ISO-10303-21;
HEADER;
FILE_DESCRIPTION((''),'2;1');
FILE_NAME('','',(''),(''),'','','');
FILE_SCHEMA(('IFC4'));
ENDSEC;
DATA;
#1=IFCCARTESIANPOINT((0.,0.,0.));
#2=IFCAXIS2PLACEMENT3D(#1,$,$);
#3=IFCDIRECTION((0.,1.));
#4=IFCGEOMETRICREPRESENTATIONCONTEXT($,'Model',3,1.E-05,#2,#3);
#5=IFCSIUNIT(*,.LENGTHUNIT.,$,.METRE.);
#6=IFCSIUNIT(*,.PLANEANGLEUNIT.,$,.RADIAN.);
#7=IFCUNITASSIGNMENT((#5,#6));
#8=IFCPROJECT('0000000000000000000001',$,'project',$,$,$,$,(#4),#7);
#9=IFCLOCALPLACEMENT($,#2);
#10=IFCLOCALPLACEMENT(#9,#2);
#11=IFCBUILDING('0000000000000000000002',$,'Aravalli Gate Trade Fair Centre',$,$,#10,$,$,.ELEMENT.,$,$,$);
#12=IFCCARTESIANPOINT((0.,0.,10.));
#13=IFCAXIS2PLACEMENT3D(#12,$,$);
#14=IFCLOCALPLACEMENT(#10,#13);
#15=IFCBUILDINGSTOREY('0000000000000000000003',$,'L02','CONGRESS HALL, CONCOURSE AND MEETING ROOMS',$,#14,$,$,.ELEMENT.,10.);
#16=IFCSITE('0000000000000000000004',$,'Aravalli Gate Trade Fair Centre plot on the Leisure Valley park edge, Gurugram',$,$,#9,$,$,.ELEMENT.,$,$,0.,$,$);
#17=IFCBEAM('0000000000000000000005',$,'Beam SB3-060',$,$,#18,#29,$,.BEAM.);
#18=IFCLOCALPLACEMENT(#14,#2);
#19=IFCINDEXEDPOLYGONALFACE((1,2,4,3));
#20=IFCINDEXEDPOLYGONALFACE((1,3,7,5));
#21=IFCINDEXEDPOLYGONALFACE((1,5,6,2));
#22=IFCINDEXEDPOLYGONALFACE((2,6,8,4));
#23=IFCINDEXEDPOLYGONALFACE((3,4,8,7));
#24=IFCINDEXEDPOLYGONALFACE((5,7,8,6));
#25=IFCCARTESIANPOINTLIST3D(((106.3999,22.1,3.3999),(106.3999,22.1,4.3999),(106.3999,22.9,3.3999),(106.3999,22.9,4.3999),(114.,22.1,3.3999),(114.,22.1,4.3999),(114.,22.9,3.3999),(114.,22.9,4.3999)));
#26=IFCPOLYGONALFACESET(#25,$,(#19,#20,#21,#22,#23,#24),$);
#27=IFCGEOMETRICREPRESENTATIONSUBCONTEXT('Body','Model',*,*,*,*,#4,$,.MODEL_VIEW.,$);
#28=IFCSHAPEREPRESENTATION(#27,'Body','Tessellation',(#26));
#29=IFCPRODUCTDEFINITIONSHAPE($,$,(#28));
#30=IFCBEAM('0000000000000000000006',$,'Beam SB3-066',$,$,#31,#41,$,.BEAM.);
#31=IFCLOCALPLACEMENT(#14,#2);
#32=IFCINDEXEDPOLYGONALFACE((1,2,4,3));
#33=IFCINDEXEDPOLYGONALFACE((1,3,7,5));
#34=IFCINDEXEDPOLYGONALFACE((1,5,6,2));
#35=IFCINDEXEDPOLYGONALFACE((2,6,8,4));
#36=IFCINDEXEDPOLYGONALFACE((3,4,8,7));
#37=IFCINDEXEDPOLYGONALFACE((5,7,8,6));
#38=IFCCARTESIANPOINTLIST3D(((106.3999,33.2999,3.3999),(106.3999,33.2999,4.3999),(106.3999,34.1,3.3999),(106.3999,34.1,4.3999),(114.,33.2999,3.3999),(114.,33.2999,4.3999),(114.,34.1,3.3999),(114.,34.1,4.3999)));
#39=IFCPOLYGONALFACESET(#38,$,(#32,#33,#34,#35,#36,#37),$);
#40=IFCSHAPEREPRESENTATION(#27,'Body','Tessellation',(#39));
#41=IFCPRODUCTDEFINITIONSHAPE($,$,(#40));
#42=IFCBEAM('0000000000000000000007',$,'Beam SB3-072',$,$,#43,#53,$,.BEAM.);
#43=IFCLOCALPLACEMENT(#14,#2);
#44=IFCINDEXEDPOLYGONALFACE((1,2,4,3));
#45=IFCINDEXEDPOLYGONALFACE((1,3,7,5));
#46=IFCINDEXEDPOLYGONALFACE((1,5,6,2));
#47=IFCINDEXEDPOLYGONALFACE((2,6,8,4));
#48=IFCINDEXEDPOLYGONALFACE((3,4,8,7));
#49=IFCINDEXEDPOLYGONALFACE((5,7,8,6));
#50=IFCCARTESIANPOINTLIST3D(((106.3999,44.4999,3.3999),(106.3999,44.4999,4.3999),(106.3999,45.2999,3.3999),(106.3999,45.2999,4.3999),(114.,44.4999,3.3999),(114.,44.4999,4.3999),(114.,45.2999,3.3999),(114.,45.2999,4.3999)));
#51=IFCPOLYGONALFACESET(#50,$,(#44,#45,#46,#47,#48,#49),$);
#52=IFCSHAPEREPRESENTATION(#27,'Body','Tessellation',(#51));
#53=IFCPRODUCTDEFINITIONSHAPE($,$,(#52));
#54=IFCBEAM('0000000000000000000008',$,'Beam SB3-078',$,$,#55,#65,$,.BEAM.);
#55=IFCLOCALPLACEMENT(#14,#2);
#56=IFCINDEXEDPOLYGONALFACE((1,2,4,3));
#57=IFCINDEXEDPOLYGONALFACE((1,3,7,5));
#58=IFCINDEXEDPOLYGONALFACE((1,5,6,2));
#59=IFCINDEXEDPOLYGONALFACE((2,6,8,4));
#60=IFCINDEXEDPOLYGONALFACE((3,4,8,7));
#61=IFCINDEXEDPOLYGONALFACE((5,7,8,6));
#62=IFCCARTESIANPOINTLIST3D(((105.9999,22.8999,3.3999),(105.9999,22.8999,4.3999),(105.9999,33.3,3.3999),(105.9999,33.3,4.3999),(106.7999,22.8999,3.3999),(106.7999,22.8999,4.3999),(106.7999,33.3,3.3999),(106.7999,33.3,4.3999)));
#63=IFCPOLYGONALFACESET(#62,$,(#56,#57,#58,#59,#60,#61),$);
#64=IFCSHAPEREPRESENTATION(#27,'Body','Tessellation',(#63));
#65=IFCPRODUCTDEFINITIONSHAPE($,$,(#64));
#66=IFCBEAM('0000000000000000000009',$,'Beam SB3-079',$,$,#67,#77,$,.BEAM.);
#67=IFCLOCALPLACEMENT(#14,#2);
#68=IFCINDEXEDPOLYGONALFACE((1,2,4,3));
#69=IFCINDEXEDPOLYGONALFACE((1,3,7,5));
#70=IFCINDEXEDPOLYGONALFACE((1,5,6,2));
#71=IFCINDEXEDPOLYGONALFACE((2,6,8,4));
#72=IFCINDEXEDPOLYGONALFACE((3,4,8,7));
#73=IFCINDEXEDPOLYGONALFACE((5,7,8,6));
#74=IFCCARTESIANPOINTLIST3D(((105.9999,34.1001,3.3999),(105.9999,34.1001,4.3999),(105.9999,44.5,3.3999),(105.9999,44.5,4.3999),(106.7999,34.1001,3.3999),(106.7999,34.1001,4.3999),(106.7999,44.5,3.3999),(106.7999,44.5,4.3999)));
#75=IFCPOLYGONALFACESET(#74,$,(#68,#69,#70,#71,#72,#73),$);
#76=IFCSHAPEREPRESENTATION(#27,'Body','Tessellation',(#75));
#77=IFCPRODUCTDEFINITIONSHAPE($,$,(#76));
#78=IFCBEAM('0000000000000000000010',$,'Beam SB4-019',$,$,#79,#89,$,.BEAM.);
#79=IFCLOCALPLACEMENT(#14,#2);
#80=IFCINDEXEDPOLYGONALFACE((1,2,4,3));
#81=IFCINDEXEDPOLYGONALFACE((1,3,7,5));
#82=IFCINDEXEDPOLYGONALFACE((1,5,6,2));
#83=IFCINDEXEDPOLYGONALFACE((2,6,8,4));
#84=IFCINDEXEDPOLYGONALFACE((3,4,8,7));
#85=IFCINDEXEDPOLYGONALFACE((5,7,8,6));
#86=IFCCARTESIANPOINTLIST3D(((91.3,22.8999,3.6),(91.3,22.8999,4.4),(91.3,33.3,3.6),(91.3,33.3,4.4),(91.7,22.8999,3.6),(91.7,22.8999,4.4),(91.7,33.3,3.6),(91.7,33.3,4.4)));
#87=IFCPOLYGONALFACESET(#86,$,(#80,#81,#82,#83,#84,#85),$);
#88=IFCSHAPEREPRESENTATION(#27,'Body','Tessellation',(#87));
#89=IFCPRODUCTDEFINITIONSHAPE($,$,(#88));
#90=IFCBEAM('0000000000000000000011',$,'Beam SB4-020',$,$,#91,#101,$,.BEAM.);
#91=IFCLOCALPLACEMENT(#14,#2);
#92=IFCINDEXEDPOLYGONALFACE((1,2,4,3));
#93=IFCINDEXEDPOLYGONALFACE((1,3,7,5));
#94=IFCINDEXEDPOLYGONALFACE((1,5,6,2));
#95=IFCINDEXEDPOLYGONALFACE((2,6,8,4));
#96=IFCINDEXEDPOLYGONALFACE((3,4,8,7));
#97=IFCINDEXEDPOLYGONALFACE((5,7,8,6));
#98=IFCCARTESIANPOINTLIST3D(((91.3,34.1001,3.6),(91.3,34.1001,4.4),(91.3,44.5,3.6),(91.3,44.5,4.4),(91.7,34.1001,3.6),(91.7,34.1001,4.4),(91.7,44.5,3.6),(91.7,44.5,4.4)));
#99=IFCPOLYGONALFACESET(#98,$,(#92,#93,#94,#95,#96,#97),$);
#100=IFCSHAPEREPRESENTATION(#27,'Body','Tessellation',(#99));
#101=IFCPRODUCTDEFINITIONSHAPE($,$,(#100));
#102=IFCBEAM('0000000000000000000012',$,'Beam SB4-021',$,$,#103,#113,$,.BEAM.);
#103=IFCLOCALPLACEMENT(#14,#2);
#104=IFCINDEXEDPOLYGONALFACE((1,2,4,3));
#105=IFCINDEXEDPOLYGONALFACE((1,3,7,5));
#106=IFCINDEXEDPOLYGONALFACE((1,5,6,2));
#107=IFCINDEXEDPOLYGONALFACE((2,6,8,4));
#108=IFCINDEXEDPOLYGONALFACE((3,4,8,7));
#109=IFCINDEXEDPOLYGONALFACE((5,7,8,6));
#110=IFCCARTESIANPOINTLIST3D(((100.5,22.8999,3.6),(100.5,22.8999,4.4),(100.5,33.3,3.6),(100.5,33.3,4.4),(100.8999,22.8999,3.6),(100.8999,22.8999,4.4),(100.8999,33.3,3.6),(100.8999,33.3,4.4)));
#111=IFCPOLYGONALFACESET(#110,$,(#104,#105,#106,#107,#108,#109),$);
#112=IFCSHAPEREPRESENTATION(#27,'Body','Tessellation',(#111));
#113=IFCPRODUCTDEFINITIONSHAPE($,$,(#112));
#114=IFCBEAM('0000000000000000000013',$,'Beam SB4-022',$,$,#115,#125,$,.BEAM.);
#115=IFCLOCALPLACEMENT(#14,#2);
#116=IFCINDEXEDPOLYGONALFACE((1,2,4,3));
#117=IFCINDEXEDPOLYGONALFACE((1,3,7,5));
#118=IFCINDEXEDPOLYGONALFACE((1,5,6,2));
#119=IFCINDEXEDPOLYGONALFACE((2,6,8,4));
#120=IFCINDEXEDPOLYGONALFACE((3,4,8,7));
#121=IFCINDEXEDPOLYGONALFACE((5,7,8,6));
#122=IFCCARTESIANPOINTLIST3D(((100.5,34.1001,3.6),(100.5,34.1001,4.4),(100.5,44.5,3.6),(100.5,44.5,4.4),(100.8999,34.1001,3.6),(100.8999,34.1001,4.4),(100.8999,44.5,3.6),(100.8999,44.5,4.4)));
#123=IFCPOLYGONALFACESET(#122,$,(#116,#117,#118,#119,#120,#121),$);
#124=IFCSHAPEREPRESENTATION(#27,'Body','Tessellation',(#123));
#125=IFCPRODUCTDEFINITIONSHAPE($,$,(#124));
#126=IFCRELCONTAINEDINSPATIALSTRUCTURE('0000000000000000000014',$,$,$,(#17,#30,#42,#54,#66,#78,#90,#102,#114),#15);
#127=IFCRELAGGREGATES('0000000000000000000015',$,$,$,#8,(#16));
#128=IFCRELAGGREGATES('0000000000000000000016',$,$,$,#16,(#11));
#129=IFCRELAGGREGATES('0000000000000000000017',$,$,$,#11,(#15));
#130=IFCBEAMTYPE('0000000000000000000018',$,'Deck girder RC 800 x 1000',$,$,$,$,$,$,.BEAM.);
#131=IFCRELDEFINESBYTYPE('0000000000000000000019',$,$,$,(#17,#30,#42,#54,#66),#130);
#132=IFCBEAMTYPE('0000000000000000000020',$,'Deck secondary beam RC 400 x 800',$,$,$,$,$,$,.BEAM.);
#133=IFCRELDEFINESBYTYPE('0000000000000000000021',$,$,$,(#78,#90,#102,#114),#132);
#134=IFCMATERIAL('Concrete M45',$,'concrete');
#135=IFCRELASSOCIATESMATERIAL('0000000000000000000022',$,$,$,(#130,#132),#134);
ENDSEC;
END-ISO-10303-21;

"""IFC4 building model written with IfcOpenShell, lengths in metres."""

from ifc_helpers import new_model, si_unit, direction, frame, origin, origin_2d, place, context, subcontext, project, spatial, rectangle, extrude, material, material_profile, profile_set, type_object, element, save


model = new_model("IFC4")

# Units and contexts
model_context = context("Model", 3, precision=1e-05, world=origin(), true_north=direction((0.0, 1.0)))
body_context = subcontext(model_context, "Body", "Model", "MODEL_VIEW")
ifc_project = project(units=[si_unit("LENGTHUNIT", "METRE"), si_unit("PLANEANGLEUNIT", "RADIAN")], contexts=[model_context])

# Site, building, storey
site_placement = place(None, origin())
site = spatial("IfcSite", under=ifc_project, at=site_placement, Name="Aravalli Gate Trade Fair Centre plot on the Leisure Valley park edge, Gurugram", CompositionType="ELEMENT", RefElevation=0.0)
building_placement = place(site_placement, origin())
building = spatial("IfcBuilding", under=site, at=building_placement, Name="Aravalli Gate Trade Fair Centre", CompositionType="ELEMENT")
storey_placement = place(building_placement, frame((0.0, 0.0, 10.0)))
storey = spatial("IfcBuildingStorey", under=building, at=storey_placement, Name="L02", Description="CONGRESS HALL, CONCOURSE AND MEETING ROOMS", CompositionType="ELEMENT", Elevation=10.0)

# Shared definitions
ifc_material = material(Name="Concrete M45", Category="concrete")

# Beams
ifc_material_profile_1 = material_profile(ifc_material, rectangle(XDim=0.8, YDim=1.0, at=origin_2d()), Name="Deck girder RC 800 x 1000")
ifc_profile_set_1 = profile_set([ifc_material_profile_1], Name="Concrete M45")
beam_type_1 = type_object("IfcBeamType", Name="Deck girder RC 800 x 1000", PredefinedType="BEAM", material=ifc_profile_set_1)
for number, where, z_axis, x_axis, name in (
    (1, (106.3999, 22.5, 3.8999), (1.0, 0.0, 0.0), (0.0, 1.0, 0.0), "Beam SB3-060"),
    (2, (106.3999, 33.7, 3.8999), (1.0, 0.0, 0.0), (0.0, 1.0, 0.0), "Beam SB3-066"),
    (3, (106.3999, 44.8999, 3.8999), (1.0, 0.0, 0.0), (0.0, 1.0, 0.0), "Beam SB3-072"),
):
    element("IfcBeam", number, at=place(storey_placement, frame(where, z_axis=z_axis, x_axis=x_axis)), inside=storey, type_object=beam_type_1, Name=name, PredefinedType="BEAM", context=body_context, shape_type="SweptSolid", body=[
        extrude(rectangle(XDim=0.8, YDim=1.0, at=origin_2d()), origin(), (0.0, 0.0, 1.0), 7.6001),
    ])
beam_1_placement = place(storey_placement, frame((106.3999, 22.8999, 3.8999), z_axis=(0.0, 1.0, 0.0), x_axis=(-1.0, 0.0, 0.0)))
element("IfcBeam", 4, at=beam_1_placement, inside=storey, type_object=beam_type_1, Name="Beam SB3-078", PredefinedType="BEAM", context=body_context, shape_type="SweptSolid", body=[
    extrude(rectangle(XDim=0.8, YDim=1.0, at=origin_2d()), origin(), (0.0, 0.0, 1.0), 10.4001),
])
beam_2_placement = place(storey_placement, frame((106.3999, 34.1001, 3.8999), z_axis=(0.0, 1.0, 0.0), x_axis=(-1.0, 0.0, 0.0)))
element("IfcBeam", 5, at=beam_2_placement, inside=storey, type_object=beam_type_1, Name="Beam SB3-079", PredefinedType="BEAM", context=body_context, shape_type="SweptSolid", body=[
    extrude(rectangle(XDim=0.8, YDim=1.0, at=origin_2d()), origin(), (0.0, 0.0, 1.0), 10.3999),
])
ifc_material_profile_2 = material_profile(ifc_material, rectangle(XDim=0.3999, YDim=0.8, at=origin_2d()), Name="Deck secondary beam RC 400 x 800")
ifc_profile_set_2 = profile_set([ifc_material_profile_2], Name="Concrete M45")
beam_type_2 = type_object("IfcBeamType", Name="Deck secondary beam RC 400 x 800", PredefinedType="BEAM", material=ifc_profile_set_2)
beam_3_placement = place(storey_placement, frame((91.5, 22.8999, 4.0), z_axis=(0.0, 1.0, 0.0), x_axis=(-1.0, 0.0, 0.0)))
element("IfcBeam", 6, at=beam_3_placement, inside=storey, type_object=beam_type_2, Name="Beam SB4-019", PredefinedType="BEAM", context=body_context, shape_type="SweptSolid", body=[
    extrude(rectangle(XDim=0.3999, YDim=0.8, at=origin_2d()), origin(), (0.0, 0.0, 1.0), 10.4001),
])
beam_4_placement = place(storey_placement, frame((91.5, 34.1001, 4.0), z_axis=(0.0, 1.0, 0.0), x_axis=(-1.0, 0.0, 0.0)))
element("IfcBeam", 7, at=beam_4_placement, inside=storey, type_object=beam_type_2, Name="Beam SB4-020", PredefinedType="BEAM", context=body_context, shape_type="SweptSolid", body=[
    extrude(rectangle(XDim=0.3999, YDim=0.8, at=origin_2d()), origin(), (0.0, 0.0, 1.0), 10.3999),
])
beam_5_placement = place(storey_placement, frame((100.7, 22.8999, 4.0), z_axis=(0.0, 1.0, 0.0), x_axis=(-1.0, 0.0, 0.0)))
element("IfcBeam", 8, at=beam_5_placement, inside=storey, type_object=beam_type_2, Name="Beam SB4-021", PredefinedType="BEAM", context=body_context, shape_type="SweptSolid", body=[
    extrude(rectangle(XDim=0.3999, YDim=0.8, at=origin_2d()), origin(), (0.0, 0.0, 1.0), 10.4001),
])
beam_6_placement = place(storey_placement, frame((100.7, 34.1001, 4.0), z_axis=(0.0, 1.0, 0.0), x_axis=(-1.0, 0.0, 0.0)))
element("IfcBeam", 9, at=beam_6_placement, inside=storey, type_object=beam_type_2, Name="Beam SB4-022", PredefinedType="BEAM", context=body_context, shape_type="SweptSolid", body=[
    extrude(rectangle(XDim=0.3999, YDim=0.8, at=origin_2d()), origin(), (0.0, 0.0, 1.0), 10.3999),
])

save(model, "model.ifc")
